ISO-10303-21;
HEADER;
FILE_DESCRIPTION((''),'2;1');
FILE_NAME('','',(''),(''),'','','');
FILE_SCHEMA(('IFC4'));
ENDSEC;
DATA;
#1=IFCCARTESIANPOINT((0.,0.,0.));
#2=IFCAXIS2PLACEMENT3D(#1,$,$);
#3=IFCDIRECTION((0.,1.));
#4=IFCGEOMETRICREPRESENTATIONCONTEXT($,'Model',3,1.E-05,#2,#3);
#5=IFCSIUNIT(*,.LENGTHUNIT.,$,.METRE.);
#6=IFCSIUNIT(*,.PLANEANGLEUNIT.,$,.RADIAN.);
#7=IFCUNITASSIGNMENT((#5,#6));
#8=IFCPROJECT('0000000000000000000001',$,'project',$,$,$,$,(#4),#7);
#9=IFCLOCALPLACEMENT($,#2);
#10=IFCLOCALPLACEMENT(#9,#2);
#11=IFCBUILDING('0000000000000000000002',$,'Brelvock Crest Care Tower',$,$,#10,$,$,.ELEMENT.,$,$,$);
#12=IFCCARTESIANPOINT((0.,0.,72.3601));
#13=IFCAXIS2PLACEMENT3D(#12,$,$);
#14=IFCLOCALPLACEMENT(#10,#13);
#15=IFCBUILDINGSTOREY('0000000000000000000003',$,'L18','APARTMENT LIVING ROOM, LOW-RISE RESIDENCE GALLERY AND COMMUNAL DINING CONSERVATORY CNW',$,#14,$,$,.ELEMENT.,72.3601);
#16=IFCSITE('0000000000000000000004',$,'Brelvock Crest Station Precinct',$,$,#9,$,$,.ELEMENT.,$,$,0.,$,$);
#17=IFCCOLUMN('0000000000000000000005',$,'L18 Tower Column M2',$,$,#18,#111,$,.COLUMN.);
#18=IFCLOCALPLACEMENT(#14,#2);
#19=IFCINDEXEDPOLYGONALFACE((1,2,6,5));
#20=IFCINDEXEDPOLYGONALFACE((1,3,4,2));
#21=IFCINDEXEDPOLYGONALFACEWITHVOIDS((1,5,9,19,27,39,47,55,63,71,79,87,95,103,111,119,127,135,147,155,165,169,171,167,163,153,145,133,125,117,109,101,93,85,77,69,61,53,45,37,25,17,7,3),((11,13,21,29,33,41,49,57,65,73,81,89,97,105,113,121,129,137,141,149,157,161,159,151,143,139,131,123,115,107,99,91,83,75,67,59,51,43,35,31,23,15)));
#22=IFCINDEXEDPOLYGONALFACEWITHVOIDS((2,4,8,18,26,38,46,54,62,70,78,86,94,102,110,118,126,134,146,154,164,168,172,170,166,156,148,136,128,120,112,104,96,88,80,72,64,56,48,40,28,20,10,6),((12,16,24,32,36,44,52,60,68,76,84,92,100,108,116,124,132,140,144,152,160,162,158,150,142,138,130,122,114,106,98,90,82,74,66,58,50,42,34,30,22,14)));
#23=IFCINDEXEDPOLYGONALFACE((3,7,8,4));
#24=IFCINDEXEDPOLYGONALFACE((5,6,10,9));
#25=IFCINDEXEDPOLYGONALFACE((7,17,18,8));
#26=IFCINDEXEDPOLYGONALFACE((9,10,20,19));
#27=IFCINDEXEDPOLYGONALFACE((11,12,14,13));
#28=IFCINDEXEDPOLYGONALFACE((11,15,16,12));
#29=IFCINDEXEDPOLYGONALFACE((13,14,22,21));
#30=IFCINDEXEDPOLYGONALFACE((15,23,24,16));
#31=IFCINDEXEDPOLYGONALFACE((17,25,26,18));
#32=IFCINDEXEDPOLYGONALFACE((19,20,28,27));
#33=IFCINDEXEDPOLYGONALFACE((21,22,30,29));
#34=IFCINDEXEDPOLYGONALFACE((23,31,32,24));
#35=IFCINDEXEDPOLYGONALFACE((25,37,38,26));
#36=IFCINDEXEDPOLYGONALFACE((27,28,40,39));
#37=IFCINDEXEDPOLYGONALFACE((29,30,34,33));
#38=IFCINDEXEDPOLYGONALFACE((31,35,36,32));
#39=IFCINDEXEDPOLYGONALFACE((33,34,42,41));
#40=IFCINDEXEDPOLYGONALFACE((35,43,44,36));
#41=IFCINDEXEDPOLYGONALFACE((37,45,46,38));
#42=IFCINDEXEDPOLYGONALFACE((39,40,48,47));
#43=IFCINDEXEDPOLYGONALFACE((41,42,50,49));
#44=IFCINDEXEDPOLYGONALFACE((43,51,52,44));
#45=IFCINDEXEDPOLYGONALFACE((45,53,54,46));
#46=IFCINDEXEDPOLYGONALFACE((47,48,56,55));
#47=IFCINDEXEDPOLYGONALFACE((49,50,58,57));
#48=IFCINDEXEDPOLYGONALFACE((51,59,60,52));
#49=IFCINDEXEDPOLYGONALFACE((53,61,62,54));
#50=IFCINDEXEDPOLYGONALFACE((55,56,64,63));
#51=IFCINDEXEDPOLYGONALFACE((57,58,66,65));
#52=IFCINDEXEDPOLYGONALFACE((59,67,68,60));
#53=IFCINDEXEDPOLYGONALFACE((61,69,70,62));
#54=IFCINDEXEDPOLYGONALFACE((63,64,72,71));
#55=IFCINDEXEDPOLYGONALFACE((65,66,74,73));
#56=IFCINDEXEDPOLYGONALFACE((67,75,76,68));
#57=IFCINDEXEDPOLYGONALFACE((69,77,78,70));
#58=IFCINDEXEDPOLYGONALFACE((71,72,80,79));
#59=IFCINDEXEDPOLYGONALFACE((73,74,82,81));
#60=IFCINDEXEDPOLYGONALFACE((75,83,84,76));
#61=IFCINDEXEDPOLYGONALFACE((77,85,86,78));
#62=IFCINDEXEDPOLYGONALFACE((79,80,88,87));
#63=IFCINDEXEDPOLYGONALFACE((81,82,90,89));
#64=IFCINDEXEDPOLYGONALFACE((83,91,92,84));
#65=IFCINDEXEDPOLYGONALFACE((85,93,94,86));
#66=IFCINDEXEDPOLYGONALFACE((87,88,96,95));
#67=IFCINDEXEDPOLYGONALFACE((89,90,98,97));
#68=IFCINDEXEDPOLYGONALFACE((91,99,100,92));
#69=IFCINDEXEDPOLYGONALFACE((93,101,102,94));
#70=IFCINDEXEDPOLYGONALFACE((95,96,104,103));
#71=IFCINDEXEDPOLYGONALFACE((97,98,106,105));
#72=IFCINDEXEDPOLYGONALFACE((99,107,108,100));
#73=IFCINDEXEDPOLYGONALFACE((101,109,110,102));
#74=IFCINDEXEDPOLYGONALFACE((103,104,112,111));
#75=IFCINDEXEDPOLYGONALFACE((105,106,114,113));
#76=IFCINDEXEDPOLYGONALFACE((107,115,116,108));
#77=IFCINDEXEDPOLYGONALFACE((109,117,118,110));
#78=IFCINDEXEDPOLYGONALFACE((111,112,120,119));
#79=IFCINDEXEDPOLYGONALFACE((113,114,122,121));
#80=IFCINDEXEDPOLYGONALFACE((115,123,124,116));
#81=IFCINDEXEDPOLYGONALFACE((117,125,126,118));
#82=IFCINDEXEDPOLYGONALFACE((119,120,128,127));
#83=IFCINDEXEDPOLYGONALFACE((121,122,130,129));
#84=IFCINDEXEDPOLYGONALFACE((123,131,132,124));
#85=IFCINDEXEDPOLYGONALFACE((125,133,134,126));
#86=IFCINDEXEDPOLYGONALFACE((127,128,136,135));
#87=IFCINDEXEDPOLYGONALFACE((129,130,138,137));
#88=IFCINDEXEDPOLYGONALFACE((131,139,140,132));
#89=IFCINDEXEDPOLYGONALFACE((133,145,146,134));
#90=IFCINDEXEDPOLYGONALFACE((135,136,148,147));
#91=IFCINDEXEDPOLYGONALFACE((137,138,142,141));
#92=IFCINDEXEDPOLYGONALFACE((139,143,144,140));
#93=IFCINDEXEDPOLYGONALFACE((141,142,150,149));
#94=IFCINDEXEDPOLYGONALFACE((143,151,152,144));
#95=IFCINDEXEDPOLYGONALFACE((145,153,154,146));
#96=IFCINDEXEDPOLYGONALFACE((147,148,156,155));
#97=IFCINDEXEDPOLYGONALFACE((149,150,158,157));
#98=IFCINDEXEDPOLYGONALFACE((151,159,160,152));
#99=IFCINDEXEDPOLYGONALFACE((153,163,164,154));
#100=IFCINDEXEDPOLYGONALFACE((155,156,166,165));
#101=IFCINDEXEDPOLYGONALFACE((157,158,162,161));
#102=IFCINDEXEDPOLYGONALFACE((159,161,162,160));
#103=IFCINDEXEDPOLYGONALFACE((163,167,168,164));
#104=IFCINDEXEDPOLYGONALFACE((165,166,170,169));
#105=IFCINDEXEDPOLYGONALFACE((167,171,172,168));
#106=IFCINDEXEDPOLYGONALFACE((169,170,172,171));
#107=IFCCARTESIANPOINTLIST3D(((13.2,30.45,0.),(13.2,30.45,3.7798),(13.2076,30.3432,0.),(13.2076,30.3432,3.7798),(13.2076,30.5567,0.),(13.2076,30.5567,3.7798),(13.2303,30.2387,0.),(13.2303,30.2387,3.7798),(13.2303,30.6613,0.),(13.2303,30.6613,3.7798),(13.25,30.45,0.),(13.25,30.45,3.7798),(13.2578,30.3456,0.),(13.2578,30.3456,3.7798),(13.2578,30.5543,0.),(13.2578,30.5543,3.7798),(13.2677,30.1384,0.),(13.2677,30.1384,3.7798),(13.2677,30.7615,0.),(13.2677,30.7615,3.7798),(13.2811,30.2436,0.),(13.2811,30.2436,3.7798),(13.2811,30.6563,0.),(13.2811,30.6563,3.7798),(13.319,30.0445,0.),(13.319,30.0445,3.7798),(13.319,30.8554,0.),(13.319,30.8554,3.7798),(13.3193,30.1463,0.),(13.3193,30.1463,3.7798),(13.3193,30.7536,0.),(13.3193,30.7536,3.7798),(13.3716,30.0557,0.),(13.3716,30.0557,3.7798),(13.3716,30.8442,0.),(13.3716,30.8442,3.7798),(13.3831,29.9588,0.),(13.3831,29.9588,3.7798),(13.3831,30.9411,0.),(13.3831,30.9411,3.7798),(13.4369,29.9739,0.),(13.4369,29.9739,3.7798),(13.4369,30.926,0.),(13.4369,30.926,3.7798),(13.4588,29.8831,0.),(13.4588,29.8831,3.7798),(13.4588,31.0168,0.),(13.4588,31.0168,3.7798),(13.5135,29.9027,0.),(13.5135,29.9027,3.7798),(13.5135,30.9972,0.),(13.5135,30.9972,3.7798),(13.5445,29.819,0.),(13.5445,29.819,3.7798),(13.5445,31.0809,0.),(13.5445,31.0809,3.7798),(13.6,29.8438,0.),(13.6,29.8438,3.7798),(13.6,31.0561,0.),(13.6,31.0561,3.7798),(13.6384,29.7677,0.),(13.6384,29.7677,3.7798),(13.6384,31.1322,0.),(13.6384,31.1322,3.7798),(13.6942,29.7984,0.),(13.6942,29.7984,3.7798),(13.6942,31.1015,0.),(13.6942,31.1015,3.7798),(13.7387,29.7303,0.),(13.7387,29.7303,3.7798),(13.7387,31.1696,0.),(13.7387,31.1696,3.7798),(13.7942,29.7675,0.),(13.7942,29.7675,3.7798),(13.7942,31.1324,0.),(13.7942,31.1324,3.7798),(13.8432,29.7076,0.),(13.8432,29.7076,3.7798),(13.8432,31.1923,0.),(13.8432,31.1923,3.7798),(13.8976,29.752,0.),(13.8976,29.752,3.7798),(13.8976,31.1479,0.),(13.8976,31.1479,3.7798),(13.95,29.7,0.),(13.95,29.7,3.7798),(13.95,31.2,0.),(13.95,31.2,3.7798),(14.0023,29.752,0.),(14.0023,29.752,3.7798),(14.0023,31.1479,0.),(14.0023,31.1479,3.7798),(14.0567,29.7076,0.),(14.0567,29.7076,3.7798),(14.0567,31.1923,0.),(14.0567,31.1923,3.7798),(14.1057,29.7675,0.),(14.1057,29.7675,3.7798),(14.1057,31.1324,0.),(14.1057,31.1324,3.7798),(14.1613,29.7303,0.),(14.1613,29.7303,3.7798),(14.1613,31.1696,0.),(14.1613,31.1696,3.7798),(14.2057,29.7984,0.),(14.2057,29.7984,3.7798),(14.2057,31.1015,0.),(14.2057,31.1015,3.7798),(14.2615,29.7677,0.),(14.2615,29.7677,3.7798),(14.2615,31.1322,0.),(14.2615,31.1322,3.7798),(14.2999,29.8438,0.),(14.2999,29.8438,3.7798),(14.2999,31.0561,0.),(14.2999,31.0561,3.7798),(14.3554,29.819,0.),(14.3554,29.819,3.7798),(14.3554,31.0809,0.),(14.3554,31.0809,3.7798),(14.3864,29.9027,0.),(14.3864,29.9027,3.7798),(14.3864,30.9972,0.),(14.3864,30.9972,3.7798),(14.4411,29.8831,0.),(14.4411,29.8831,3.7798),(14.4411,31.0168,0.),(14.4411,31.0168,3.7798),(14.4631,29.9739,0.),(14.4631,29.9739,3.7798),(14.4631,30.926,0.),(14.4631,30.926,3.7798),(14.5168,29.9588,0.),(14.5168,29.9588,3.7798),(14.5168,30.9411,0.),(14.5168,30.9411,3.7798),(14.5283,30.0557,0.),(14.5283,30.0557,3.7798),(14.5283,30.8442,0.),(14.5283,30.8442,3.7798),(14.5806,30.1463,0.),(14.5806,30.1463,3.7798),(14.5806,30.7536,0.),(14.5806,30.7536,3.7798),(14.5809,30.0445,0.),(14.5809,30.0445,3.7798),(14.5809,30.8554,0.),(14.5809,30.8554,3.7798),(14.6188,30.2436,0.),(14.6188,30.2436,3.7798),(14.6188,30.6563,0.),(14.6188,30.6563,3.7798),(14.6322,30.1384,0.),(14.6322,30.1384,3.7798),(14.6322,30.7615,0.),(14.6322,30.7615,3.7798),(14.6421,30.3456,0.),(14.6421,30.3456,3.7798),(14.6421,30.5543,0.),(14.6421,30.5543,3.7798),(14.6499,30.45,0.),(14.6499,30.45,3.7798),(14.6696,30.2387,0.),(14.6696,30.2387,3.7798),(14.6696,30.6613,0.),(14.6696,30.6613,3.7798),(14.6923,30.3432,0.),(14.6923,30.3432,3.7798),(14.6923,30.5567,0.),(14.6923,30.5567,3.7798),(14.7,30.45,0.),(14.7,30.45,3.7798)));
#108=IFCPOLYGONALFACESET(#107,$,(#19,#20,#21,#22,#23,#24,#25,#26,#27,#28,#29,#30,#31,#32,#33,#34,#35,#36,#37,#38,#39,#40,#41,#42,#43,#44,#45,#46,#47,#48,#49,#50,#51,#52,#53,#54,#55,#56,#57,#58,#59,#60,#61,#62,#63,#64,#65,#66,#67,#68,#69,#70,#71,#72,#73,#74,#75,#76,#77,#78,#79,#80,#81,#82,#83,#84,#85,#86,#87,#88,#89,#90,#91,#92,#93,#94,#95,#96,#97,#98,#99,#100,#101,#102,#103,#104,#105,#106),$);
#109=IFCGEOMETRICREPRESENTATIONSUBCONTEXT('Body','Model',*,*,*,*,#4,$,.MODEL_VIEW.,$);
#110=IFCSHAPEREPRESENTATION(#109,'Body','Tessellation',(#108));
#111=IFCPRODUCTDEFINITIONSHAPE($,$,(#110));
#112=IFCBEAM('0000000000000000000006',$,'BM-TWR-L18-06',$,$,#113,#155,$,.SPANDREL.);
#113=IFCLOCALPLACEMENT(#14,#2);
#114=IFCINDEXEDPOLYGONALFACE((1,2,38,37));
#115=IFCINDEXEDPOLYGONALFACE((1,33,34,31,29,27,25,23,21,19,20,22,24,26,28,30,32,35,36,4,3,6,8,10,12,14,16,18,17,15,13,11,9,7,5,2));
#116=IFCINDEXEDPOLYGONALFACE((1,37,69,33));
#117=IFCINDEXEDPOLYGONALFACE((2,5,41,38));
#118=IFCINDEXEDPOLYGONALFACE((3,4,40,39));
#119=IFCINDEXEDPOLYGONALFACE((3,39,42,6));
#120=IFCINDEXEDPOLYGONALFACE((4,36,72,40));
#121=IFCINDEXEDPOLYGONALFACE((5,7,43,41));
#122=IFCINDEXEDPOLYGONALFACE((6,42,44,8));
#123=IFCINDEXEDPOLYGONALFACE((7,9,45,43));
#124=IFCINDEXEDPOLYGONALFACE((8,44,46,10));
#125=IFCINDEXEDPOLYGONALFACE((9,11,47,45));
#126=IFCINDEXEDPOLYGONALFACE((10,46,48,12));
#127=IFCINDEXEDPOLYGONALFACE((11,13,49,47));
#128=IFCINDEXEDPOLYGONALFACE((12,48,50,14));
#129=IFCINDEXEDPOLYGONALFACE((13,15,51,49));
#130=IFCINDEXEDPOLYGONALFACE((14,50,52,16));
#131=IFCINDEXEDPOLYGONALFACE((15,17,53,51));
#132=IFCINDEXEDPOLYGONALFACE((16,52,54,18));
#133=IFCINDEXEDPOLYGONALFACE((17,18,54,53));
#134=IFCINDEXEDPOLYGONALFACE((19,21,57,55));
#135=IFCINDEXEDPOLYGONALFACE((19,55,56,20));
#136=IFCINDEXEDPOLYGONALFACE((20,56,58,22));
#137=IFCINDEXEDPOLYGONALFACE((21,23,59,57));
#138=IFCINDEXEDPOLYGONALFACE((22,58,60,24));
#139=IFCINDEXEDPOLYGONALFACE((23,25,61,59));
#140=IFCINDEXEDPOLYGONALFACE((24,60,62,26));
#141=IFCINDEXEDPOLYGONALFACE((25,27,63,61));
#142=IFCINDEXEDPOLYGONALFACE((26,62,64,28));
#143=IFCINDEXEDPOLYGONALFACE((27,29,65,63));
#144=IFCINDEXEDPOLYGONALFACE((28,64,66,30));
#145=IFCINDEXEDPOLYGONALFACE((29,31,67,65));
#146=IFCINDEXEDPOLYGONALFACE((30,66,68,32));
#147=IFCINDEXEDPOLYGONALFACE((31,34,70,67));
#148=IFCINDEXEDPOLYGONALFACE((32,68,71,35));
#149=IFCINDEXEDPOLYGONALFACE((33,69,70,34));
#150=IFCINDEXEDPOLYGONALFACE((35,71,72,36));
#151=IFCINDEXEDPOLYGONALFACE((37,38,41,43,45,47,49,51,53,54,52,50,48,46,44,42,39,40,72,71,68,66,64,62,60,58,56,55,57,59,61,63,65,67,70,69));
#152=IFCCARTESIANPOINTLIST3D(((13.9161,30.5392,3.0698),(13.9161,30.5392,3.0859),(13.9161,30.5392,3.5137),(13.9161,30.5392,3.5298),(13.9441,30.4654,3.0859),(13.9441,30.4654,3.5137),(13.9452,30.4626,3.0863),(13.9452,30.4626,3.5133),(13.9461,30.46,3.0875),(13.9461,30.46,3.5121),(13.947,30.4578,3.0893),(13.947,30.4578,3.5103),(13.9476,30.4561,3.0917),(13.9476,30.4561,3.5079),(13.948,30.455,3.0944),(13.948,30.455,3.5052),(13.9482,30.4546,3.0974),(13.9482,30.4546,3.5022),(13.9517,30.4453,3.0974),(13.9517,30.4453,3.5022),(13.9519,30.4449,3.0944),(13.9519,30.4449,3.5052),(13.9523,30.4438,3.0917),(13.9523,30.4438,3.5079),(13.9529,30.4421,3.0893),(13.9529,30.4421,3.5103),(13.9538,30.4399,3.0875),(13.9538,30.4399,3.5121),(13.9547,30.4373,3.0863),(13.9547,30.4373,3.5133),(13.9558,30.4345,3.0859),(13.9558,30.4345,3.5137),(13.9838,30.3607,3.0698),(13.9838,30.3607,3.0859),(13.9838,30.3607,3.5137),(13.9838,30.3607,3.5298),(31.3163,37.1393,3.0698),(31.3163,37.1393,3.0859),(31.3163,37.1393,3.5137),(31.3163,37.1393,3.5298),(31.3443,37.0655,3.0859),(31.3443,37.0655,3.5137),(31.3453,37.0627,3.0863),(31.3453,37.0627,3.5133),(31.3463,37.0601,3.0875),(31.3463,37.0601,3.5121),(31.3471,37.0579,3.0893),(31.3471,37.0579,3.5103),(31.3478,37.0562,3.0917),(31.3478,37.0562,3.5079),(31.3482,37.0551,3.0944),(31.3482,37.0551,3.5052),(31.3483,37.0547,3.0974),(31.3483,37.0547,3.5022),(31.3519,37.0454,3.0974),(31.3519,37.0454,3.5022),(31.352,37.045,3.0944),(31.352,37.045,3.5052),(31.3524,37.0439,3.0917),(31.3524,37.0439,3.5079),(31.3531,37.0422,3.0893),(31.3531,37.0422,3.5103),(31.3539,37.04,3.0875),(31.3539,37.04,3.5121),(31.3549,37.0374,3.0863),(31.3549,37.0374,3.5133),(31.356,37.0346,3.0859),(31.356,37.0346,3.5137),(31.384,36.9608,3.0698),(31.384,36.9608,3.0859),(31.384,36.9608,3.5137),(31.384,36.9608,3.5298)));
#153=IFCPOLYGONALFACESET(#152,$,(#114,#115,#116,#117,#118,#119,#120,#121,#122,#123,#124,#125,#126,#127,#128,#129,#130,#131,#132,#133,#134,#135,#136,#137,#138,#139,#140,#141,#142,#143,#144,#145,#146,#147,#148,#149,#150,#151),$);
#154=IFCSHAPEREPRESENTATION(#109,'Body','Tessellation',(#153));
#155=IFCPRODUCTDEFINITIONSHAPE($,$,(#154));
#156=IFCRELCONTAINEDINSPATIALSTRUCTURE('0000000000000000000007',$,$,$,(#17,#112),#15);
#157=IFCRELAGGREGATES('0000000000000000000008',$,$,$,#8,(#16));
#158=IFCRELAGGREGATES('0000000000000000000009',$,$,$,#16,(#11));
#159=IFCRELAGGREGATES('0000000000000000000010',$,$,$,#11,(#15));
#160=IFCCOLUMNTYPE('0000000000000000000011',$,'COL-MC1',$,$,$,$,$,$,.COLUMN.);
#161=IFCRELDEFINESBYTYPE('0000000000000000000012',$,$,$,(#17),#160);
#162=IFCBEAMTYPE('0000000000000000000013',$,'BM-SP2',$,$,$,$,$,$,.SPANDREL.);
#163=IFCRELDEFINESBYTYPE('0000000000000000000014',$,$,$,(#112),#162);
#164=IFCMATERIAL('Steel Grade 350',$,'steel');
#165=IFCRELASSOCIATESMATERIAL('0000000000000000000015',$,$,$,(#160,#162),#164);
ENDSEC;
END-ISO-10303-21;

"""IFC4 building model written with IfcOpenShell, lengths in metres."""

from ifc_helpers import new_model, si_unit, direction, frame, origin, origin_2d, place, context, subcontext, project, spatial, hollow_circle, i_section, extrude, source, transform, mapped, material, material_profile, profile_set, type_object, element, save


model = new_model("IFC4")

# Units and contexts
model_context = context("Model", 3, precision=1e-05, world=origin(), true_north=direction((0.0, 1.0)))
body_context = subcontext(model_context, "Body", "Model", "MODEL_VIEW")
ifc_project = project(units=[si_unit("LENGTHUNIT", "METRE"), si_unit("PLANEANGLEUNIT", "RADIAN")], contexts=[model_context])

# Site, building, storey
site_placement = place(None, origin())
site = spatial("IfcSite", under=ifc_project, at=site_placement, Name="Brelvock Crest Station Precinct", CompositionType="ELEMENT", RefElevation=0.0)
building_placement = place(site_placement, origin())
building = spatial("IfcBuilding", under=site, at=building_placement, Name="Brelvock Crest Care Tower", CompositionType="ELEMENT")
storey_placement = place(building_placement, frame((0.0, 0.0, 72.3601)))
storey = spatial("IfcBuildingStorey", under=building, at=storey_placement, Name="L18", Description="APARTMENT LIVING ROOM, LOW-RISE RESIDENCE GALLERY AND COMMUNAL DINING CONSERVATORY CNW", CompositionType="ELEMENT", Elevation=72.3601)

# Column
ifc_material_1 = material(Name="Steel Grade 350", Category="steel")
ifc_material_profile_1 = material_profile(ifc_material_1, hollow_circle(Radius=0.75, WallThickness=0.05, at=origin_2d()), Name="CFT1500x50")
ifc_profile_set_1 = profile_set([ifc_material_profile_1], Name="Steel Grade 350")
column_type = type_object("IfcColumnType", Name="COL-MC1", PredefinedType="COLUMN", material=ifc_profile_set_1)
shared_shape_1 = source(origin(), body_context, "Body", "SweptSolid", [
    extrude(hollow_circle(Radius=0.75, WallThickness=0.05, at=origin_2d()), origin(), (0.0, 0.0, 1.0), 3.7798),
])
column_placement = place(storey_placement, frame((13.95, 30.45, 0.0), z_axis=(0.0, 0.0, 1.0), x_axis=(1.0, 0.0, 0.0)))
element("IfcColumn", 1, at=column_placement, inside=storey, type_object=column_type, Name="L18 Tower Column M2", PredefinedType="COLUMN", context=body_context, shape_type="MappedRepresentation", body=[
    mapped(shared_shape_1, transform((0.0, 0.0, 0.0), x_axis=(1.0, 0.0, 0.0), y_axis=(0.0, 1.0, 0.0), z_axis=(0.0, 0.0, 1.0), scale=1.0)),
])

# Beam
ifc_material_profile_2 = material_profile(ifc_material_1, i_section(OverallWidth=0.1909, OverallDepth=0.46, WebThickness=0.01, FlangeThickness=0.0161, FilletRadius=0.0115, at=origin_2d()), Name="460UB82.1")
ifc_profile_set_2 = profile_set([ifc_material_profile_2], Name="Steel Grade 350")
beam_type_1 = type_object("IfcBeamType", Name="BM-SP2", PredefinedType="SPANDREL", material=ifc_profile_set_2)
shared_shape_2 = source(origin(), body_context, "Body", "SweptSolid", [
    extrude(i_section(OverallWidth=0.1909, OverallDepth=0.46, WebThickness=0.01, FlangeThickness=0.0161, FilletRadius=0.0115, at=origin_2d()), origin(), (0.0, 0.0, 1.0), 18.6099),
])
beam_1_placement = place(storey_placement, frame((13.95, 30.45, 3.2998), z_axis=(0.934997, 0.354656, 0.0), x_axis=(-0.354656, 0.934997, 0.0)))
element("IfcBeam", 2, at=beam_1_placement, inside=storey, type_object=beam_type_1, Name="BM-TWR-L18-06", PredefinedType="SPANDREL", context=body_context, shape_type="MappedRepresentation", body=[
    mapped(shared_shape_2, transform((0.0, 0.0, 0.0), x_axis=(1.0, 0.0, 0.0), y_axis=(0.0, 1.0, 0.0), z_axis=(0.0, 0.0, 1.0), scale=1.0)),
])

save(model, "model.ifc")
